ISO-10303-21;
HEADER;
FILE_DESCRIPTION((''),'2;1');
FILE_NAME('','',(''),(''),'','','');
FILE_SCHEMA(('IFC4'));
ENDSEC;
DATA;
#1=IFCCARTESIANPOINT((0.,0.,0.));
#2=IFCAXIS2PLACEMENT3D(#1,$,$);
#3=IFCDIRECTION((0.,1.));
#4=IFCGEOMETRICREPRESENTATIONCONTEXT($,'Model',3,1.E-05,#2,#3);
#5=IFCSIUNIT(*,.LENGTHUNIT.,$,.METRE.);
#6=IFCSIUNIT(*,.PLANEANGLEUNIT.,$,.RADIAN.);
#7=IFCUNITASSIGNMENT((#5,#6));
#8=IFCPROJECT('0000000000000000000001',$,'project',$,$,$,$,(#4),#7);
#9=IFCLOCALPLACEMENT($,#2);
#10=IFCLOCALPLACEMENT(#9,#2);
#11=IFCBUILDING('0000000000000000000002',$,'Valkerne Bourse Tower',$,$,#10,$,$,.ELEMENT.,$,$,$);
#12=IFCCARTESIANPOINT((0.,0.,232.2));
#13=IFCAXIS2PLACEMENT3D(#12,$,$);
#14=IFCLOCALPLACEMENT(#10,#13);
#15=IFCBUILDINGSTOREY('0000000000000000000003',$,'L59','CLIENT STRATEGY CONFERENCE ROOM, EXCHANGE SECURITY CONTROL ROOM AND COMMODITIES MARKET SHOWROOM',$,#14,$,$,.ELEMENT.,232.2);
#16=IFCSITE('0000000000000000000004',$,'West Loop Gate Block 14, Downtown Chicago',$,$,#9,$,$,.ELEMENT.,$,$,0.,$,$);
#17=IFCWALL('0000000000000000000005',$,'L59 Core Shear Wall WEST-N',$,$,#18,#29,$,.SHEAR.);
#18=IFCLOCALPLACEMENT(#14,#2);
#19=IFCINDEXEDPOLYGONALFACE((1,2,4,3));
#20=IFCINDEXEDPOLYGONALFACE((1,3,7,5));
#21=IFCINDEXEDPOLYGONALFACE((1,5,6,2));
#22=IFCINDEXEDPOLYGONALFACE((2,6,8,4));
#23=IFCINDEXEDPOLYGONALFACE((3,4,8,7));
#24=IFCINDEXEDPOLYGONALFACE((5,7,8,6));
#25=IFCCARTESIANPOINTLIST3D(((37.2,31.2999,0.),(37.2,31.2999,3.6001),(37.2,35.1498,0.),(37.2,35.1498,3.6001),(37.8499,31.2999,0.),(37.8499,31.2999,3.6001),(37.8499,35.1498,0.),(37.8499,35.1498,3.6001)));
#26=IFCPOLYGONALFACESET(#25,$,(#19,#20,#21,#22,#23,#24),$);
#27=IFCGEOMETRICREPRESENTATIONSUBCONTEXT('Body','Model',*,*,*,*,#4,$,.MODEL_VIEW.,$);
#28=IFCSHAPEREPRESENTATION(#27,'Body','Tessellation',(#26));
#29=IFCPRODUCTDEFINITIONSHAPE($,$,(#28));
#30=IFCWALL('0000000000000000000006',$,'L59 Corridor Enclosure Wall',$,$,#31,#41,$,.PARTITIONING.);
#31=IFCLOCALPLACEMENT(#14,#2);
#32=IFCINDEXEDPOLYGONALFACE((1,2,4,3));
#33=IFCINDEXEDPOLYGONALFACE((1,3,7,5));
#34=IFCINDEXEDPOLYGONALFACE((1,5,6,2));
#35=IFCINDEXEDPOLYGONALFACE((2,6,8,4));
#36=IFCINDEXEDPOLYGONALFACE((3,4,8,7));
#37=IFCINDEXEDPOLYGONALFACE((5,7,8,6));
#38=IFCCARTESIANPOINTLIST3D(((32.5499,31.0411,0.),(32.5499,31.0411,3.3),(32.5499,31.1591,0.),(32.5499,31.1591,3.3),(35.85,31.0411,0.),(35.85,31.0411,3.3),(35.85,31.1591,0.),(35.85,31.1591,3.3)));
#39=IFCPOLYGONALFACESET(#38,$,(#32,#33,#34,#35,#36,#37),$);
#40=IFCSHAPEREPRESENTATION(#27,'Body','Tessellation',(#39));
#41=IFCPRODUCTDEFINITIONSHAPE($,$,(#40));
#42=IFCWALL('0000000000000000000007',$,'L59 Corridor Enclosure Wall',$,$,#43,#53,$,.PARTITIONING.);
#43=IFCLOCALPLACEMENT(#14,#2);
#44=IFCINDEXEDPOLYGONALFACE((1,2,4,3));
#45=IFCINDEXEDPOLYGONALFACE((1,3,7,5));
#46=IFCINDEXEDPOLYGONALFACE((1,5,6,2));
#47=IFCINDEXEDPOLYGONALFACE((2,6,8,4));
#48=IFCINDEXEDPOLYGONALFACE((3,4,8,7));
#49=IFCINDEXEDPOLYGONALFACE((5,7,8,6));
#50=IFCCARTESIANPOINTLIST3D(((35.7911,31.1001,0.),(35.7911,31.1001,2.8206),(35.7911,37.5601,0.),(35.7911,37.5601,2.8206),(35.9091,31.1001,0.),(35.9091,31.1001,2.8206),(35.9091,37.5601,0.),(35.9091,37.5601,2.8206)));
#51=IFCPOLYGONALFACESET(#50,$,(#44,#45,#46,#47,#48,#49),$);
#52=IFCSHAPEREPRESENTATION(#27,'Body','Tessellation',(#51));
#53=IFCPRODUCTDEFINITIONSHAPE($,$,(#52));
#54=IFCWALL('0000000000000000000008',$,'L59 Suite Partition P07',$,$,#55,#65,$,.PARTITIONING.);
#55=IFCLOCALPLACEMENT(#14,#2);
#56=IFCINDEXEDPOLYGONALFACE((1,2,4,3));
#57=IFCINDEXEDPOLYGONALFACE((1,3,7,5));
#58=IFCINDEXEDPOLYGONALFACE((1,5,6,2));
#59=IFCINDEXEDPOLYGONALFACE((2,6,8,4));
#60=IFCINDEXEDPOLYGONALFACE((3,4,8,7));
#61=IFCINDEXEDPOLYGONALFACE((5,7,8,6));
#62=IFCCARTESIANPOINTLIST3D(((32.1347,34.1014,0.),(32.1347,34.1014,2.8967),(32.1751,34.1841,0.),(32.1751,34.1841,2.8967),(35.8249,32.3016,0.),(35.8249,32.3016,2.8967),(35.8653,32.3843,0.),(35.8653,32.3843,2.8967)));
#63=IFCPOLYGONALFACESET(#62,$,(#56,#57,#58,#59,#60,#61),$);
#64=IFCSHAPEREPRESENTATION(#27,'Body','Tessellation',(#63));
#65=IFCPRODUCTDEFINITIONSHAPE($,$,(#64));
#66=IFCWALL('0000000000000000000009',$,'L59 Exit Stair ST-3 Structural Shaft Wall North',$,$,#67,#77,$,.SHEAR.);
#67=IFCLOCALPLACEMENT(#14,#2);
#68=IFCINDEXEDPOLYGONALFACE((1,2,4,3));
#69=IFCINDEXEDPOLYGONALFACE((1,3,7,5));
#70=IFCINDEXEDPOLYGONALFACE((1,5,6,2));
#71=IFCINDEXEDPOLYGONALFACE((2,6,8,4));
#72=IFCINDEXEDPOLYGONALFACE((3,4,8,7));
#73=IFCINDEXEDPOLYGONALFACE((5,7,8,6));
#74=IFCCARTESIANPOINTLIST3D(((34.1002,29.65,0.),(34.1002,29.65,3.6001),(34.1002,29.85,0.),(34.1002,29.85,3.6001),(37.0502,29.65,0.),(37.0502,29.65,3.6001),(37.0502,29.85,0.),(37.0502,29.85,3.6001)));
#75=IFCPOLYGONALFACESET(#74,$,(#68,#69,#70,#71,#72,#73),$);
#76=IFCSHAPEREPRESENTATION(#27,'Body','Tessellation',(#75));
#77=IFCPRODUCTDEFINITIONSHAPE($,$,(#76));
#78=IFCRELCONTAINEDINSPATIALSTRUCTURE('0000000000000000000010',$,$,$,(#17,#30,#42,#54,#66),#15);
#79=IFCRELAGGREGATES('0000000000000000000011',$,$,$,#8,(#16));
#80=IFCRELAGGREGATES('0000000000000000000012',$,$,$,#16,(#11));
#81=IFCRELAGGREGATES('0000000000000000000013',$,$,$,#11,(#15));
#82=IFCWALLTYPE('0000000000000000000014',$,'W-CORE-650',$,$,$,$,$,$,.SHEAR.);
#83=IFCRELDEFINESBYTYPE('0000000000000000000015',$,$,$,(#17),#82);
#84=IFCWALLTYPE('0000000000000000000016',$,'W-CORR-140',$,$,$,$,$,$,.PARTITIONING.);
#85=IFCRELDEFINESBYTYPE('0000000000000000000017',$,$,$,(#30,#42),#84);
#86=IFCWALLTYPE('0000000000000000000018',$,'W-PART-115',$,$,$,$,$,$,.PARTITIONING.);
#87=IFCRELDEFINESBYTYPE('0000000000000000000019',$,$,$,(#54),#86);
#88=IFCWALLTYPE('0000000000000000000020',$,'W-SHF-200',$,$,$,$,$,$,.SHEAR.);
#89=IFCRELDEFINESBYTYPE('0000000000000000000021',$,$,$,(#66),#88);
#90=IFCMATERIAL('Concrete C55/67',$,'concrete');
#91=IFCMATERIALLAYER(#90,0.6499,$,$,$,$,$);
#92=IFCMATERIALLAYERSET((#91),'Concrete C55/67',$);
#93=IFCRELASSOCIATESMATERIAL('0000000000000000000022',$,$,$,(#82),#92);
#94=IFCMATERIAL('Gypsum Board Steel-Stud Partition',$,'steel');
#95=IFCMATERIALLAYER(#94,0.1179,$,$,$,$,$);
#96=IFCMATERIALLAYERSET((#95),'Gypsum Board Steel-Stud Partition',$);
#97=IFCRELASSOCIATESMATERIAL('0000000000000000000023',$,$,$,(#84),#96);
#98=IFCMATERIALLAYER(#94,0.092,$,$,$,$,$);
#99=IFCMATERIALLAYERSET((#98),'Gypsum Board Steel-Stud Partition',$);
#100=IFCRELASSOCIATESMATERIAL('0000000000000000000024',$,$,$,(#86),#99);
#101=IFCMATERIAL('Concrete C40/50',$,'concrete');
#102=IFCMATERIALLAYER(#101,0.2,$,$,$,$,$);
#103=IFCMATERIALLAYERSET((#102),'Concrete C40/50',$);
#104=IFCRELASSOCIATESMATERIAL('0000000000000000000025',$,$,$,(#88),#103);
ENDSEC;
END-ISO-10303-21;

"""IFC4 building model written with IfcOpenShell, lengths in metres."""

from ifc_helpers import new_model, si_unit, direction, frame, frame_2d, origin, place, context, subcontext, project, spatial, rectangle, extrude, material, layer, layer_set, type_object, element, save


model = new_model("IFC4")

# Units and contexts
model_context = context("Model", 3, precision=1e-05, world=origin(), true_north=direction((0.0, 1.0)))
body_context = subcontext(model_context, "Body", "Model", "MODEL_VIEW")
ifc_project = project(units=[si_unit("LENGTHUNIT", "METRE"), si_unit("PLANEANGLEUNIT", "RADIAN")], contexts=[model_context])

# Site, building, storey
site_placement = place(None, origin())
site = spatial("IfcSite", under=ifc_project, at=site_placement, Name="West Loop Gate Block 14, Downtown Chicago", CompositionType="ELEMENT", RefElevation=0.0)
building_placement = place(site_placement, origin())
building = spatial("IfcBuilding", under=site, at=building_placement, Name="Valkerne Bourse Tower", CompositionType="ELEMENT")
storey_placement = place(building_placement, frame((0.0, 0.0, 232.2)))
storey = spatial("IfcBuildingStorey", under=building, at=storey_placement, Name="L59", Description="CLIENT STRATEGY CONFERENCE ROOM, EXCHANGE SECURITY CONTROL ROOM AND COMMODITIES MARKET SHOWROOM", CompositionType="ELEMENT", Elevation=232.2)

# Walls
ifc_material_1 = material(Name="Concrete C55/67", Category="concrete")
ifc_layer_1 = layer(ifc_material_1, 0.6499)
ifc_layer_set_1 = layer_set([ifc_layer_1], Name="Concrete C55/67")
wall_type_1 = type_object("IfcWallType", Name="W-CORE-650", PredefinedType="SHEAR", material=ifc_layer_set_1)
wall_1_placement = place(storey_placement, frame((37.5249, 31.3, 0.0), z_axis=(0.0, 0.0, 1.0), x_axis=(0.0, 1.0, 0.0)))
element("IfcWall", 1, at=wall_1_placement, inside=storey, type_object=wall_type_1, Name="L59 Core Shear Wall WEST-N", PredefinedType="SHEAR", context=body_context, shape_type="SweptSolid", body=[
    extrude(rectangle(XDim=3.8499, YDim=0.6499, at=frame_2d((1.9248, 0.0))), origin(), (0.0, 0.0, 1.0), 3.6001),
])
ifc_material_2 = material(Name="Gypsum Board Steel-Stud Partition", Category="steel")
ifc_layer_2 = layer(ifc_material_2, 0.1179)
ifc_layer_set_2 = layer_set([ifc_layer_2], Name="Gypsum Board Steel-Stud Partition")
wall_type_2 = type_object("IfcWallType", Name="W-CORR-140", PredefinedType="PARTITIONING", material=ifc_layer_set_2)
wall_2_placement = place(storey_placement, frame((32.55, 31.1001, 0.0), z_axis=(0.0, 0.0, 1.0), x_axis=(1.0, 0.0, 0.0)))
element("IfcWall", 2, at=wall_2_placement, inside=storey, type_object=wall_type_2, Name="L59 Corridor Enclosure Wall", PredefinedType="PARTITIONING", context=body_context, shape_type="SweptSolid", body=[
    extrude(rectangle(XDim=3.3, YDim=0.1179, at=frame_2d((1.6499, 0.0))), origin(), (0.0, 0.0, 1.0), 3.3),
])
wall_3_placement = place(storey_placement, frame((35.8501, 31.1001, 0.0), z_axis=(0.0, 0.0, 1.0), x_axis=(0.0, 1.0, 0.0)))
element("IfcWall", 3, at=wall_3_placement, inside=storey, type_object=wall_type_2, Name="L59 Corridor Enclosure Wall", PredefinedType="PARTITIONING", context=body_context, shape_type="SweptSolid", body=[
    extrude(rectangle(XDim=6.46, YDim=0.1179, at=frame_2d((3.23, 0.0))), origin(), (0.0, 0.0, 1.0), 2.8206),
])
ifc_layer_3 = layer(ifc_material_2, 0.092)
ifc_layer_set_3 = layer_set([ifc_layer_3], Name="Gypsum Board Steel-Stud Partition")
wall_type_3 = type_object("IfcWallType", Name="W-PART-115", PredefinedType="PARTITIONING", material=ifc_layer_set_3)
wall_4_placement = place(storey_placement, frame((35.845, 32.343, 0.0), z_axis=(0.0, 0.0, 1.0), x_axis=(-0.898796, 0.438367, 0.0)))
element("IfcWall", 4, at=wall_4_placement, inside=storey, type_object=wall_type_3, Name="L59 Suite Partition P07", PredefinedType="PARTITIONING", context=body_context, shape_type="SweptSolid", body=[
    extrude(rectangle(XDim=4.1057, YDim=0.092, at=frame_2d((2.0527, 0.0))), origin(), (0.0, 0.0, 1.0), 2.8967),
])
ifc_material_3 = material(Name="Concrete C40/50", Category="concrete")
ifc_layer_4 = layer(ifc_material_3, 0.2)
ifc_layer_set_4 = layer_set([ifc_layer_4], Name="Concrete C40/50")
wall_type_4 = type_object("IfcWallType", Name="W-SHF-200", PredefinedType="SHEAR", material=ifc_layer_set_4)
wall_5_placement = place(storey_placement, frame((34.1001, 29.75, 0.0), z_axis=(0.0, 0.0, 1.0), x_axis=(1.0, 0.0, 0.0)))
element("IfcWall", 5, at=wall_5_placement, inside=storey, type_object=wall_type_4, Name="L59 Exit Stair ST-3 Structural Shaft Wall North", PredefinedType="SHEAR", context=body_context, shape_type="SweptSolid", body=[
    extrude(rectangle(XDim=2.95, YDim=0.2, at=frame_2d((1.4751, 0.0))), origin(), (0.0, 0.0, 1.0), 3.6001),
])

save(model, "model.ifc")
